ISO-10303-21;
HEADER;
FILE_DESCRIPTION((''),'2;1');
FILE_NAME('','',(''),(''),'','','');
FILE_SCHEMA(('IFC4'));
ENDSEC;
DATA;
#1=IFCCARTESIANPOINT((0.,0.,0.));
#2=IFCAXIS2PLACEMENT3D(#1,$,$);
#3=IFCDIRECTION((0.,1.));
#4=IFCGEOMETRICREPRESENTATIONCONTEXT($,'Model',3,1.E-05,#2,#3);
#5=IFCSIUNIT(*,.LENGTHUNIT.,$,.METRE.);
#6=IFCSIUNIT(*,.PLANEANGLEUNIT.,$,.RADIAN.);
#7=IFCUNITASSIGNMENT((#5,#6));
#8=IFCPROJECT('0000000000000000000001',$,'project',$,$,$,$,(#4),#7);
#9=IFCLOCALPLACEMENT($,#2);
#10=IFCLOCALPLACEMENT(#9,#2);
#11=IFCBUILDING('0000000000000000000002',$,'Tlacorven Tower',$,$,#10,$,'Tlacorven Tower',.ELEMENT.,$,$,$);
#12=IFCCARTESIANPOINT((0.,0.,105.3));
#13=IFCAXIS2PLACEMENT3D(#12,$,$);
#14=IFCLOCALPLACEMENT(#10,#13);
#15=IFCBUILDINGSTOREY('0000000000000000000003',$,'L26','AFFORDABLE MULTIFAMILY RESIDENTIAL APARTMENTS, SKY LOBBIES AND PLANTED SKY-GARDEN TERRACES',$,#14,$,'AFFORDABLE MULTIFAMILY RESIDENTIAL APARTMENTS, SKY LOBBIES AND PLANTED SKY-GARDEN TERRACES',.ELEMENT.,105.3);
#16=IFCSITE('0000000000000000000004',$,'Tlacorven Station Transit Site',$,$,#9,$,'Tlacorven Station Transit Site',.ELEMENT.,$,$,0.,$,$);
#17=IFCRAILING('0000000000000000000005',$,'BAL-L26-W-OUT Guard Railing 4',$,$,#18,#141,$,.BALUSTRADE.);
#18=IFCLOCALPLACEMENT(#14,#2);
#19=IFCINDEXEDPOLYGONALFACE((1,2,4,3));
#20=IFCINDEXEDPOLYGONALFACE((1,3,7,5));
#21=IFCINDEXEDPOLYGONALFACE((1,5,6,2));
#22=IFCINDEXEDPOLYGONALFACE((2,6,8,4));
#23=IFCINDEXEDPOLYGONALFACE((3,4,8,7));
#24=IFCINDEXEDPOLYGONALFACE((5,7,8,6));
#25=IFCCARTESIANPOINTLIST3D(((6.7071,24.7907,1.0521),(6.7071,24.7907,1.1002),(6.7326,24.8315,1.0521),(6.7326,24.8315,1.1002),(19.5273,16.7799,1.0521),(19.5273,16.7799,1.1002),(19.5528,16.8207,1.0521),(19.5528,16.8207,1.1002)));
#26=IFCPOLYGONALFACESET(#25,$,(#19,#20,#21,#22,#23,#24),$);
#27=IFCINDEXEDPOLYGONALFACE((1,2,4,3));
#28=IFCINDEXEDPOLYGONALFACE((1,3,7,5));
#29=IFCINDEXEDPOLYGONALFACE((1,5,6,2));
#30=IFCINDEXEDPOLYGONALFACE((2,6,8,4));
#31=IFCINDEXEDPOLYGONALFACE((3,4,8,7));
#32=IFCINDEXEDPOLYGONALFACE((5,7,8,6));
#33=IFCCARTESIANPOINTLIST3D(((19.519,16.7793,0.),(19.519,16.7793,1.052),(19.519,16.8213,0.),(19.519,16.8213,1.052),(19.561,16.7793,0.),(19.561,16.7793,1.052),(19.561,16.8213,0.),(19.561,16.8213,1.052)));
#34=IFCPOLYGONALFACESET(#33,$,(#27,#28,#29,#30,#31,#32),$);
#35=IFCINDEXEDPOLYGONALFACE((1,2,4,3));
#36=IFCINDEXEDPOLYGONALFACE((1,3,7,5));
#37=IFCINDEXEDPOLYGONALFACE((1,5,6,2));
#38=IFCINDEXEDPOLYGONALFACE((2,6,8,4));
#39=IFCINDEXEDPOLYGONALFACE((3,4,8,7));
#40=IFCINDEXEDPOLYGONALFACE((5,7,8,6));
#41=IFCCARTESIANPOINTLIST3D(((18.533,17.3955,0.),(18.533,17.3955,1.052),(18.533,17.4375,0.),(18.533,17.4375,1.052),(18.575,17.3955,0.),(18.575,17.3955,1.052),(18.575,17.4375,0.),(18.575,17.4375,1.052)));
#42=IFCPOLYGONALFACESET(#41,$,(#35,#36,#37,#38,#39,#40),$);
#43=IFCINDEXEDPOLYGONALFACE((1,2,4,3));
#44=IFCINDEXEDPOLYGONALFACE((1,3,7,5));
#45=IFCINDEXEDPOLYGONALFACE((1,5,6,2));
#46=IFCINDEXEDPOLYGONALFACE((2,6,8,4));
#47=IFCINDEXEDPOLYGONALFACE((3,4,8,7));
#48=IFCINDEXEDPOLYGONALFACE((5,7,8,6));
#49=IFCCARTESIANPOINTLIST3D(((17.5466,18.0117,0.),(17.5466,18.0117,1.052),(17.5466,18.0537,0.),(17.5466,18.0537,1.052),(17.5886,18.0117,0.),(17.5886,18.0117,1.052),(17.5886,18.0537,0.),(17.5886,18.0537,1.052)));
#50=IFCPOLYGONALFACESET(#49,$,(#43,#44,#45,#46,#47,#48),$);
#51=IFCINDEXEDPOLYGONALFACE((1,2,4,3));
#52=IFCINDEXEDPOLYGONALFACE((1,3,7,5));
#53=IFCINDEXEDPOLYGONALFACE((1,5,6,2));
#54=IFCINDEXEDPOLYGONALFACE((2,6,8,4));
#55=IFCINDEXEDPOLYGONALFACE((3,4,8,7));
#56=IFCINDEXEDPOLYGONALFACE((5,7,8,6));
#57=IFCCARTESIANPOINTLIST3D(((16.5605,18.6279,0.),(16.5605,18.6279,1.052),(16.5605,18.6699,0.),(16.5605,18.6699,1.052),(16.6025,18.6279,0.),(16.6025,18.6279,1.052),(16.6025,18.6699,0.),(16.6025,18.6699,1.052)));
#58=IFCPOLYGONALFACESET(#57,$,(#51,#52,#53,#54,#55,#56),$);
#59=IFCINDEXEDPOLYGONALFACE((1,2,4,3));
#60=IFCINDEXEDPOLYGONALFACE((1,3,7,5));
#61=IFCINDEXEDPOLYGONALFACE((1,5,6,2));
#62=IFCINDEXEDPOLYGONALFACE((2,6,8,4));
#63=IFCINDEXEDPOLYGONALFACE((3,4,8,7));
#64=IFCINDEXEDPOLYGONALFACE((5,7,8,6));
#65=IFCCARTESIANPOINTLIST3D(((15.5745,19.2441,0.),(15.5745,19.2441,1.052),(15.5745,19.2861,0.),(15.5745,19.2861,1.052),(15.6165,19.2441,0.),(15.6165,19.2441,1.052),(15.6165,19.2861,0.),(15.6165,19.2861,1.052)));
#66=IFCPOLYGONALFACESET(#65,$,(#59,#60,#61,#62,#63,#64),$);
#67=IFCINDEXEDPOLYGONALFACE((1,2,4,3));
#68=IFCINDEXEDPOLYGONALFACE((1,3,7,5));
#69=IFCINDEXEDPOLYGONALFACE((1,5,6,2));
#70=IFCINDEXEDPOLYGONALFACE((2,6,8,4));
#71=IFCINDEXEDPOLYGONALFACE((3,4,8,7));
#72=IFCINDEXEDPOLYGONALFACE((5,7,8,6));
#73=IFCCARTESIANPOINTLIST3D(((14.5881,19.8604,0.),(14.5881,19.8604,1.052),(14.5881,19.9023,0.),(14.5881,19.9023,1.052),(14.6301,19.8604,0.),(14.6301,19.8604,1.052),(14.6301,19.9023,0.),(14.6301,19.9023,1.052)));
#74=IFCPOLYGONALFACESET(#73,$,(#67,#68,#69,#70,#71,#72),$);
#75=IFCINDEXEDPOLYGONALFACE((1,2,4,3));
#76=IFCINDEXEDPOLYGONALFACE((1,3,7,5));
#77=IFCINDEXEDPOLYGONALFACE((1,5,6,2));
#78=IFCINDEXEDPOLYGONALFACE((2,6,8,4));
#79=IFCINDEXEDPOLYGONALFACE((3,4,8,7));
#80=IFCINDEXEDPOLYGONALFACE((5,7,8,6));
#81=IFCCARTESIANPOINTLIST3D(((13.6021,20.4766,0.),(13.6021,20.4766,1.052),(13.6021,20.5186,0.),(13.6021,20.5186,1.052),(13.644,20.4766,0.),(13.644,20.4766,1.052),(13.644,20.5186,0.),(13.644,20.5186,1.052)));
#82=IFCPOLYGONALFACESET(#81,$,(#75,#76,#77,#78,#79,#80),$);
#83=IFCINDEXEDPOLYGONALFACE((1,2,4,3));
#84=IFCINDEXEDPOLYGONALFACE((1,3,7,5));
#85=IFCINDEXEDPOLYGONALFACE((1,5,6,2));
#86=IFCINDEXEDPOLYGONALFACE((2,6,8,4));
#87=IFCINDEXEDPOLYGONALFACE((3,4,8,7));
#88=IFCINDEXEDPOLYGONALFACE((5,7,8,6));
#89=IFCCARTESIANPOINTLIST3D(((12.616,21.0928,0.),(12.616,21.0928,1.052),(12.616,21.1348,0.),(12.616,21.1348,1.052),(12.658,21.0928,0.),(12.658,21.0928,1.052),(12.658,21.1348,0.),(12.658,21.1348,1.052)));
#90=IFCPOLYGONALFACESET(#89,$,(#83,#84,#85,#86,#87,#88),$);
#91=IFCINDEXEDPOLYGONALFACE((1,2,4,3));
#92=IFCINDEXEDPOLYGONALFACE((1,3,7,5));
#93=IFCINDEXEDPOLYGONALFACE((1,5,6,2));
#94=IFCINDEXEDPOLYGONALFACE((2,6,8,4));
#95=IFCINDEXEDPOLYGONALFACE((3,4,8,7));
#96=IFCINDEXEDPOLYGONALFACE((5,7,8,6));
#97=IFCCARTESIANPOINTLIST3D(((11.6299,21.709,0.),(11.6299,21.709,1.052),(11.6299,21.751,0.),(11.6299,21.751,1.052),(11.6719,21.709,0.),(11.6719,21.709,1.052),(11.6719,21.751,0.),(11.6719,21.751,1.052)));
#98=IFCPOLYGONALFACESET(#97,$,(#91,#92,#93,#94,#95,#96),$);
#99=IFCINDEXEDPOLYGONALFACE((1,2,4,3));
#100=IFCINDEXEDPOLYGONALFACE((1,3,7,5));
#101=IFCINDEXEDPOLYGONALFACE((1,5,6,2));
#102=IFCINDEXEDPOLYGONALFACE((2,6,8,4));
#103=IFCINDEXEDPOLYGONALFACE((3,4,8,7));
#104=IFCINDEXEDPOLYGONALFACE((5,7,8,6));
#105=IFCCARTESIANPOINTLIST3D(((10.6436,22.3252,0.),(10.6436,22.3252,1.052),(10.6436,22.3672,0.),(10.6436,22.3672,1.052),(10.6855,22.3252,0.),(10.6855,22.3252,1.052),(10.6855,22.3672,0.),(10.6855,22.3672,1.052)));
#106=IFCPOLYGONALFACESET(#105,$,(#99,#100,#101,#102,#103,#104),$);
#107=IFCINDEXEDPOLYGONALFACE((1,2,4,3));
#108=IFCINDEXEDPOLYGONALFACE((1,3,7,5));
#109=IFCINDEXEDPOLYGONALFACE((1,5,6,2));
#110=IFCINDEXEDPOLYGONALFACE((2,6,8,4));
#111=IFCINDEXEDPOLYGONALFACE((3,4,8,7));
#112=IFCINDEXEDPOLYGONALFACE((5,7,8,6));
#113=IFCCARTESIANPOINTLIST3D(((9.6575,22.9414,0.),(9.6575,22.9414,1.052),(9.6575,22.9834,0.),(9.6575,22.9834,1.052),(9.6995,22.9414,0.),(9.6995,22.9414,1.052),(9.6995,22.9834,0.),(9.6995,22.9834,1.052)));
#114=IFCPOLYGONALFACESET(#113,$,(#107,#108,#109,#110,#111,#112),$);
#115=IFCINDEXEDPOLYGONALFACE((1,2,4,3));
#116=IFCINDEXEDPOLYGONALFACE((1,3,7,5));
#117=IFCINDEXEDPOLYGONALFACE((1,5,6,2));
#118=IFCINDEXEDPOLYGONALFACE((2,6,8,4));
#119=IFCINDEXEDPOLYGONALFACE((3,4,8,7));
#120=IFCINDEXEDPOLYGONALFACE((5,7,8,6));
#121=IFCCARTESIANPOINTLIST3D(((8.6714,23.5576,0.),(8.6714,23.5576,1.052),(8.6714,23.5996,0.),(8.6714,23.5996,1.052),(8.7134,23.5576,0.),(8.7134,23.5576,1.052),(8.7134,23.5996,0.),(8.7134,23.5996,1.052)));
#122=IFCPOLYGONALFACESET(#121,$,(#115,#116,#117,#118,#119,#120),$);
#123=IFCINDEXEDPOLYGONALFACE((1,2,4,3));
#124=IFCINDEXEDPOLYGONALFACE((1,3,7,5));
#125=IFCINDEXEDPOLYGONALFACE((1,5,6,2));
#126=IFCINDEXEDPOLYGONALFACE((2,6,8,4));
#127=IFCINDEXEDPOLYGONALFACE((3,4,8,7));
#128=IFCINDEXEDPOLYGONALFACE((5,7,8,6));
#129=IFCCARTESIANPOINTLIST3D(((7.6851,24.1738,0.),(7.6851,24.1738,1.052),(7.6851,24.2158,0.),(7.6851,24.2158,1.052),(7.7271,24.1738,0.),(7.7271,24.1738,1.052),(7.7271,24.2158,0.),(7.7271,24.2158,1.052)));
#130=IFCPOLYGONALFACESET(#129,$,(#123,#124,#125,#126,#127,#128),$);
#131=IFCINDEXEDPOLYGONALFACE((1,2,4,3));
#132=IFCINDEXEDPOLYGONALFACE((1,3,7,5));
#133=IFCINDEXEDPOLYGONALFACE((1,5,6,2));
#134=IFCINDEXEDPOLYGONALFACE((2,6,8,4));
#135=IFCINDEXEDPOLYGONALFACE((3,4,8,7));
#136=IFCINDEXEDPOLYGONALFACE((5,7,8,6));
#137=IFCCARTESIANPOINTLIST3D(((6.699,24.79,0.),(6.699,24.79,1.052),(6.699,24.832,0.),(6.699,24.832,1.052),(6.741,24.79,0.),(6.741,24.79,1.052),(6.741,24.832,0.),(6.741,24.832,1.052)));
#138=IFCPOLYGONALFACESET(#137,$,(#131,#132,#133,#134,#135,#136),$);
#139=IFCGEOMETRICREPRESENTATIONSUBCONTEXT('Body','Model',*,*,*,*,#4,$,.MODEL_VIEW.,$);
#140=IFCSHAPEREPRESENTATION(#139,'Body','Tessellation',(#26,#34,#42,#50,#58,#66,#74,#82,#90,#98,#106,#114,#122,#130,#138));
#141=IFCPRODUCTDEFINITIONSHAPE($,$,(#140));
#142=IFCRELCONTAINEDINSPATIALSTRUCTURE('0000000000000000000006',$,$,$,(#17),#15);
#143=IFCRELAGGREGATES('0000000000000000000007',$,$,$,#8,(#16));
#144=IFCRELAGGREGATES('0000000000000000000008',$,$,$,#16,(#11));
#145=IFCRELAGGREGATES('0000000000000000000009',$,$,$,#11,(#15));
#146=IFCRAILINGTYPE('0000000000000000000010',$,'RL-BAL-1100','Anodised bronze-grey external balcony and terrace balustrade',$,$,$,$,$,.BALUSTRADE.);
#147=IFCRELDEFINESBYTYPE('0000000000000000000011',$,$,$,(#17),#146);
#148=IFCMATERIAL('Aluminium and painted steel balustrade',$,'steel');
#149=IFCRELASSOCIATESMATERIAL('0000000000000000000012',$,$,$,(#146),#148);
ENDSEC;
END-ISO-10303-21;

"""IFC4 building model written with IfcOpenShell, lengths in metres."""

from ifc_helpers import new_model, si_unit, direction, frame, origin, origin_2d, place, context, subcontext, project, spatial, rectangle, extrude, source, transform, mapped, material, type_object, element, save


model = new_model("IFC4")

# Units and contexts
model_context = context("Model", 3, precision=1e-05, world=origin(), true_north=direction((0.0, 1.0)))
body_context = subcontext(model_context, "Body", "Model", "MODEL_VIEW")
ifc_project = project(units=[si_unit("LENGTHUNIT", "METRE"), si_unit("PLANEANGLEUNIT", "RADIAN")], contexts=[model_context])

# Site, building, storey
site_placement = place(None, origin())
site = spatial("IfcSite", under=ifc_project, at=site_placement, Name="Tlacorven Station Transit Site", LongName="Tlacorven Station Transit Site", CompositionType="ELEMENT", RefElevation=0.0)
building_placement = place(site_placement, origin())
building = spatial("IfcBuilding", under=site, at=building_placement, Name="Tlacorven Tower", LongName="Tlacorven Tower", CompositionType="ELEMENT")
storey_placement = place(building_placement, frame((0.0, 0.0, 105.3)))
storey = spatial("IfcBuildingStorey", under=building, at=storey_placement, Name="L26", Description="AFFORDABLE MULTIFAMILY RESIDENTIAL APARTMENTS, SKY LOBBIES AND PLANTED SKY-GARDEN TERRACES", LongName="AFFORDABLE MULTIFAMILY RESIDENTIAL APARTMENTS, SKY LOBBIES AND PLANTED SKY-GARDEN TERRACES", CompositionType="ELEMENT", Elevation=105.3)

# Shared definitions
ifc_material_1 = material(Name="Aluminium and painted steel balustrade", Category="steel")
railing_type = type_object("IfcRailingType", Name="RL-BAL-1100", Description="Anodised bronze-grey external balcony and terrace balustrade", PredefinedType="BALUSTRADE", material=ifc_material_1)

# Railing
shared_shape_1 = source(origin(), body_context, "Body", "SweptSolid", [
    extrude(rectangle(XDim=0.0481, YDim=0.0481, at=origin_2d()), frame((0.0, 0.0, 1.0762), z_axis=(-0.848052, 0.529913, 0.0), x_axis=(-0.529913, -0.848052, 0.0)), (0.0, 0.0, 1.0), 15.1172),
    extrude(rectangle(XDim=0.042, YDim=0.042, at=origin_2d()), origin(), (0.0, 0.0, 1.0), 1.052),
    extrude(rectangle(XDim=0.042, YDim=0.042, at=origin_2d()), frame((-0.9861, 0.6162, 0.0)), (0.0, 0.0, 1.0), 1.052),
    extrude(rectangle(XDim=0.042, YDim=0.042, at=origin_2d()), frame((-1.9724, 1.2324, 0.0)), (0.0, 0.0, 1.0), 1.052),
    extrude(rectangle(XDim=0.042, YDim=0.042, at=origin_2d()), frame((-2.9585, 1.8486, 0.0)), (0.0, 0.0, 1.0), 1.052),
    extrude(rectangle(XDim=0.042, YDim=0.042, at=origin_2d()), frame((-3.9446, 2.4648, 0.0)), (0.0, 0.0, 1.0), 1.052),
    extrude(rectangle(XDim=0.042, YDim=0.042, at=origin_2d()), frame((-4.9309, 3.0811, 0.0)), (0.0, 0.0, 1.0), 1.052),
    extrude(rectangle(XDim=0.042, YDim=0.042, at=origin_2d()), frame((-5.917, 3.6973, 0.0)), (0.0, 0.0, 1.0), 1.052),
    extrude(rectangle(XDim=0.042, YDim=0.042, at=origin_2d()), frame((-6.9031, 4.3135, 0.0)), (0.0, 0.0, 1.0), 1.052),
    extrude(rectangle(XDim=0.042, YDim=0.042, at=origin_2d()), frame((-7.8892, 4.9297, 0.0)), (0.0, 0.0, 1.0), 1.052),
    extrude(rectangle(XDim=0.042, YDim=0.042, at=origin_2d()), frame((-8.8755, 5.5459, 0.0)), (0.0, 0.0, 1.0), 1.052),
    extrude(rectangle(XDim=0.042, YDim=0.042, at=origin_2d()), frame((-9.8616, 6.1621, 0.0)), (0.0, 0.0, 1.0), 1.052),
    extrude(rectangle(XDim=0.042, YDim=0.042, at=origin_2d()), frame((-10.8477, 6.7783, 0.0)), (0.0, 0.0, 1.0), 1.052),
    extrude(rectangle(XDim=0.042, YDim=0.042, at=origin_2d()), frame((-11.834, 7.3945, 0.0)), (0.0, 0.0, 1.0), 1.052),
    extrude(rectangle(XDim=0.042, YDim=0.042, at=origin_2d()), frame((-12.8201, 8.0107, 0.0)), (0.0, 0.0, 1.0), 1.052),
])
railing_1_placement = place(storey_placement, frame((19.54, 16.8003, 0.0)))
element("IfcRailing", 1, at=railing_1_placement, inside=storey, type_object=railing_type, Name="BAL-L26-W-OUT Guard Railing 4", PredefinedType="BALUSTRADE", context=body_context, shape_type="MappedRepresentation", body=[
    mapped(shared_shape_1, transform((0.0, 0.0, 0.0), scale=1.0)),
])

save(model, "model.ifc")
